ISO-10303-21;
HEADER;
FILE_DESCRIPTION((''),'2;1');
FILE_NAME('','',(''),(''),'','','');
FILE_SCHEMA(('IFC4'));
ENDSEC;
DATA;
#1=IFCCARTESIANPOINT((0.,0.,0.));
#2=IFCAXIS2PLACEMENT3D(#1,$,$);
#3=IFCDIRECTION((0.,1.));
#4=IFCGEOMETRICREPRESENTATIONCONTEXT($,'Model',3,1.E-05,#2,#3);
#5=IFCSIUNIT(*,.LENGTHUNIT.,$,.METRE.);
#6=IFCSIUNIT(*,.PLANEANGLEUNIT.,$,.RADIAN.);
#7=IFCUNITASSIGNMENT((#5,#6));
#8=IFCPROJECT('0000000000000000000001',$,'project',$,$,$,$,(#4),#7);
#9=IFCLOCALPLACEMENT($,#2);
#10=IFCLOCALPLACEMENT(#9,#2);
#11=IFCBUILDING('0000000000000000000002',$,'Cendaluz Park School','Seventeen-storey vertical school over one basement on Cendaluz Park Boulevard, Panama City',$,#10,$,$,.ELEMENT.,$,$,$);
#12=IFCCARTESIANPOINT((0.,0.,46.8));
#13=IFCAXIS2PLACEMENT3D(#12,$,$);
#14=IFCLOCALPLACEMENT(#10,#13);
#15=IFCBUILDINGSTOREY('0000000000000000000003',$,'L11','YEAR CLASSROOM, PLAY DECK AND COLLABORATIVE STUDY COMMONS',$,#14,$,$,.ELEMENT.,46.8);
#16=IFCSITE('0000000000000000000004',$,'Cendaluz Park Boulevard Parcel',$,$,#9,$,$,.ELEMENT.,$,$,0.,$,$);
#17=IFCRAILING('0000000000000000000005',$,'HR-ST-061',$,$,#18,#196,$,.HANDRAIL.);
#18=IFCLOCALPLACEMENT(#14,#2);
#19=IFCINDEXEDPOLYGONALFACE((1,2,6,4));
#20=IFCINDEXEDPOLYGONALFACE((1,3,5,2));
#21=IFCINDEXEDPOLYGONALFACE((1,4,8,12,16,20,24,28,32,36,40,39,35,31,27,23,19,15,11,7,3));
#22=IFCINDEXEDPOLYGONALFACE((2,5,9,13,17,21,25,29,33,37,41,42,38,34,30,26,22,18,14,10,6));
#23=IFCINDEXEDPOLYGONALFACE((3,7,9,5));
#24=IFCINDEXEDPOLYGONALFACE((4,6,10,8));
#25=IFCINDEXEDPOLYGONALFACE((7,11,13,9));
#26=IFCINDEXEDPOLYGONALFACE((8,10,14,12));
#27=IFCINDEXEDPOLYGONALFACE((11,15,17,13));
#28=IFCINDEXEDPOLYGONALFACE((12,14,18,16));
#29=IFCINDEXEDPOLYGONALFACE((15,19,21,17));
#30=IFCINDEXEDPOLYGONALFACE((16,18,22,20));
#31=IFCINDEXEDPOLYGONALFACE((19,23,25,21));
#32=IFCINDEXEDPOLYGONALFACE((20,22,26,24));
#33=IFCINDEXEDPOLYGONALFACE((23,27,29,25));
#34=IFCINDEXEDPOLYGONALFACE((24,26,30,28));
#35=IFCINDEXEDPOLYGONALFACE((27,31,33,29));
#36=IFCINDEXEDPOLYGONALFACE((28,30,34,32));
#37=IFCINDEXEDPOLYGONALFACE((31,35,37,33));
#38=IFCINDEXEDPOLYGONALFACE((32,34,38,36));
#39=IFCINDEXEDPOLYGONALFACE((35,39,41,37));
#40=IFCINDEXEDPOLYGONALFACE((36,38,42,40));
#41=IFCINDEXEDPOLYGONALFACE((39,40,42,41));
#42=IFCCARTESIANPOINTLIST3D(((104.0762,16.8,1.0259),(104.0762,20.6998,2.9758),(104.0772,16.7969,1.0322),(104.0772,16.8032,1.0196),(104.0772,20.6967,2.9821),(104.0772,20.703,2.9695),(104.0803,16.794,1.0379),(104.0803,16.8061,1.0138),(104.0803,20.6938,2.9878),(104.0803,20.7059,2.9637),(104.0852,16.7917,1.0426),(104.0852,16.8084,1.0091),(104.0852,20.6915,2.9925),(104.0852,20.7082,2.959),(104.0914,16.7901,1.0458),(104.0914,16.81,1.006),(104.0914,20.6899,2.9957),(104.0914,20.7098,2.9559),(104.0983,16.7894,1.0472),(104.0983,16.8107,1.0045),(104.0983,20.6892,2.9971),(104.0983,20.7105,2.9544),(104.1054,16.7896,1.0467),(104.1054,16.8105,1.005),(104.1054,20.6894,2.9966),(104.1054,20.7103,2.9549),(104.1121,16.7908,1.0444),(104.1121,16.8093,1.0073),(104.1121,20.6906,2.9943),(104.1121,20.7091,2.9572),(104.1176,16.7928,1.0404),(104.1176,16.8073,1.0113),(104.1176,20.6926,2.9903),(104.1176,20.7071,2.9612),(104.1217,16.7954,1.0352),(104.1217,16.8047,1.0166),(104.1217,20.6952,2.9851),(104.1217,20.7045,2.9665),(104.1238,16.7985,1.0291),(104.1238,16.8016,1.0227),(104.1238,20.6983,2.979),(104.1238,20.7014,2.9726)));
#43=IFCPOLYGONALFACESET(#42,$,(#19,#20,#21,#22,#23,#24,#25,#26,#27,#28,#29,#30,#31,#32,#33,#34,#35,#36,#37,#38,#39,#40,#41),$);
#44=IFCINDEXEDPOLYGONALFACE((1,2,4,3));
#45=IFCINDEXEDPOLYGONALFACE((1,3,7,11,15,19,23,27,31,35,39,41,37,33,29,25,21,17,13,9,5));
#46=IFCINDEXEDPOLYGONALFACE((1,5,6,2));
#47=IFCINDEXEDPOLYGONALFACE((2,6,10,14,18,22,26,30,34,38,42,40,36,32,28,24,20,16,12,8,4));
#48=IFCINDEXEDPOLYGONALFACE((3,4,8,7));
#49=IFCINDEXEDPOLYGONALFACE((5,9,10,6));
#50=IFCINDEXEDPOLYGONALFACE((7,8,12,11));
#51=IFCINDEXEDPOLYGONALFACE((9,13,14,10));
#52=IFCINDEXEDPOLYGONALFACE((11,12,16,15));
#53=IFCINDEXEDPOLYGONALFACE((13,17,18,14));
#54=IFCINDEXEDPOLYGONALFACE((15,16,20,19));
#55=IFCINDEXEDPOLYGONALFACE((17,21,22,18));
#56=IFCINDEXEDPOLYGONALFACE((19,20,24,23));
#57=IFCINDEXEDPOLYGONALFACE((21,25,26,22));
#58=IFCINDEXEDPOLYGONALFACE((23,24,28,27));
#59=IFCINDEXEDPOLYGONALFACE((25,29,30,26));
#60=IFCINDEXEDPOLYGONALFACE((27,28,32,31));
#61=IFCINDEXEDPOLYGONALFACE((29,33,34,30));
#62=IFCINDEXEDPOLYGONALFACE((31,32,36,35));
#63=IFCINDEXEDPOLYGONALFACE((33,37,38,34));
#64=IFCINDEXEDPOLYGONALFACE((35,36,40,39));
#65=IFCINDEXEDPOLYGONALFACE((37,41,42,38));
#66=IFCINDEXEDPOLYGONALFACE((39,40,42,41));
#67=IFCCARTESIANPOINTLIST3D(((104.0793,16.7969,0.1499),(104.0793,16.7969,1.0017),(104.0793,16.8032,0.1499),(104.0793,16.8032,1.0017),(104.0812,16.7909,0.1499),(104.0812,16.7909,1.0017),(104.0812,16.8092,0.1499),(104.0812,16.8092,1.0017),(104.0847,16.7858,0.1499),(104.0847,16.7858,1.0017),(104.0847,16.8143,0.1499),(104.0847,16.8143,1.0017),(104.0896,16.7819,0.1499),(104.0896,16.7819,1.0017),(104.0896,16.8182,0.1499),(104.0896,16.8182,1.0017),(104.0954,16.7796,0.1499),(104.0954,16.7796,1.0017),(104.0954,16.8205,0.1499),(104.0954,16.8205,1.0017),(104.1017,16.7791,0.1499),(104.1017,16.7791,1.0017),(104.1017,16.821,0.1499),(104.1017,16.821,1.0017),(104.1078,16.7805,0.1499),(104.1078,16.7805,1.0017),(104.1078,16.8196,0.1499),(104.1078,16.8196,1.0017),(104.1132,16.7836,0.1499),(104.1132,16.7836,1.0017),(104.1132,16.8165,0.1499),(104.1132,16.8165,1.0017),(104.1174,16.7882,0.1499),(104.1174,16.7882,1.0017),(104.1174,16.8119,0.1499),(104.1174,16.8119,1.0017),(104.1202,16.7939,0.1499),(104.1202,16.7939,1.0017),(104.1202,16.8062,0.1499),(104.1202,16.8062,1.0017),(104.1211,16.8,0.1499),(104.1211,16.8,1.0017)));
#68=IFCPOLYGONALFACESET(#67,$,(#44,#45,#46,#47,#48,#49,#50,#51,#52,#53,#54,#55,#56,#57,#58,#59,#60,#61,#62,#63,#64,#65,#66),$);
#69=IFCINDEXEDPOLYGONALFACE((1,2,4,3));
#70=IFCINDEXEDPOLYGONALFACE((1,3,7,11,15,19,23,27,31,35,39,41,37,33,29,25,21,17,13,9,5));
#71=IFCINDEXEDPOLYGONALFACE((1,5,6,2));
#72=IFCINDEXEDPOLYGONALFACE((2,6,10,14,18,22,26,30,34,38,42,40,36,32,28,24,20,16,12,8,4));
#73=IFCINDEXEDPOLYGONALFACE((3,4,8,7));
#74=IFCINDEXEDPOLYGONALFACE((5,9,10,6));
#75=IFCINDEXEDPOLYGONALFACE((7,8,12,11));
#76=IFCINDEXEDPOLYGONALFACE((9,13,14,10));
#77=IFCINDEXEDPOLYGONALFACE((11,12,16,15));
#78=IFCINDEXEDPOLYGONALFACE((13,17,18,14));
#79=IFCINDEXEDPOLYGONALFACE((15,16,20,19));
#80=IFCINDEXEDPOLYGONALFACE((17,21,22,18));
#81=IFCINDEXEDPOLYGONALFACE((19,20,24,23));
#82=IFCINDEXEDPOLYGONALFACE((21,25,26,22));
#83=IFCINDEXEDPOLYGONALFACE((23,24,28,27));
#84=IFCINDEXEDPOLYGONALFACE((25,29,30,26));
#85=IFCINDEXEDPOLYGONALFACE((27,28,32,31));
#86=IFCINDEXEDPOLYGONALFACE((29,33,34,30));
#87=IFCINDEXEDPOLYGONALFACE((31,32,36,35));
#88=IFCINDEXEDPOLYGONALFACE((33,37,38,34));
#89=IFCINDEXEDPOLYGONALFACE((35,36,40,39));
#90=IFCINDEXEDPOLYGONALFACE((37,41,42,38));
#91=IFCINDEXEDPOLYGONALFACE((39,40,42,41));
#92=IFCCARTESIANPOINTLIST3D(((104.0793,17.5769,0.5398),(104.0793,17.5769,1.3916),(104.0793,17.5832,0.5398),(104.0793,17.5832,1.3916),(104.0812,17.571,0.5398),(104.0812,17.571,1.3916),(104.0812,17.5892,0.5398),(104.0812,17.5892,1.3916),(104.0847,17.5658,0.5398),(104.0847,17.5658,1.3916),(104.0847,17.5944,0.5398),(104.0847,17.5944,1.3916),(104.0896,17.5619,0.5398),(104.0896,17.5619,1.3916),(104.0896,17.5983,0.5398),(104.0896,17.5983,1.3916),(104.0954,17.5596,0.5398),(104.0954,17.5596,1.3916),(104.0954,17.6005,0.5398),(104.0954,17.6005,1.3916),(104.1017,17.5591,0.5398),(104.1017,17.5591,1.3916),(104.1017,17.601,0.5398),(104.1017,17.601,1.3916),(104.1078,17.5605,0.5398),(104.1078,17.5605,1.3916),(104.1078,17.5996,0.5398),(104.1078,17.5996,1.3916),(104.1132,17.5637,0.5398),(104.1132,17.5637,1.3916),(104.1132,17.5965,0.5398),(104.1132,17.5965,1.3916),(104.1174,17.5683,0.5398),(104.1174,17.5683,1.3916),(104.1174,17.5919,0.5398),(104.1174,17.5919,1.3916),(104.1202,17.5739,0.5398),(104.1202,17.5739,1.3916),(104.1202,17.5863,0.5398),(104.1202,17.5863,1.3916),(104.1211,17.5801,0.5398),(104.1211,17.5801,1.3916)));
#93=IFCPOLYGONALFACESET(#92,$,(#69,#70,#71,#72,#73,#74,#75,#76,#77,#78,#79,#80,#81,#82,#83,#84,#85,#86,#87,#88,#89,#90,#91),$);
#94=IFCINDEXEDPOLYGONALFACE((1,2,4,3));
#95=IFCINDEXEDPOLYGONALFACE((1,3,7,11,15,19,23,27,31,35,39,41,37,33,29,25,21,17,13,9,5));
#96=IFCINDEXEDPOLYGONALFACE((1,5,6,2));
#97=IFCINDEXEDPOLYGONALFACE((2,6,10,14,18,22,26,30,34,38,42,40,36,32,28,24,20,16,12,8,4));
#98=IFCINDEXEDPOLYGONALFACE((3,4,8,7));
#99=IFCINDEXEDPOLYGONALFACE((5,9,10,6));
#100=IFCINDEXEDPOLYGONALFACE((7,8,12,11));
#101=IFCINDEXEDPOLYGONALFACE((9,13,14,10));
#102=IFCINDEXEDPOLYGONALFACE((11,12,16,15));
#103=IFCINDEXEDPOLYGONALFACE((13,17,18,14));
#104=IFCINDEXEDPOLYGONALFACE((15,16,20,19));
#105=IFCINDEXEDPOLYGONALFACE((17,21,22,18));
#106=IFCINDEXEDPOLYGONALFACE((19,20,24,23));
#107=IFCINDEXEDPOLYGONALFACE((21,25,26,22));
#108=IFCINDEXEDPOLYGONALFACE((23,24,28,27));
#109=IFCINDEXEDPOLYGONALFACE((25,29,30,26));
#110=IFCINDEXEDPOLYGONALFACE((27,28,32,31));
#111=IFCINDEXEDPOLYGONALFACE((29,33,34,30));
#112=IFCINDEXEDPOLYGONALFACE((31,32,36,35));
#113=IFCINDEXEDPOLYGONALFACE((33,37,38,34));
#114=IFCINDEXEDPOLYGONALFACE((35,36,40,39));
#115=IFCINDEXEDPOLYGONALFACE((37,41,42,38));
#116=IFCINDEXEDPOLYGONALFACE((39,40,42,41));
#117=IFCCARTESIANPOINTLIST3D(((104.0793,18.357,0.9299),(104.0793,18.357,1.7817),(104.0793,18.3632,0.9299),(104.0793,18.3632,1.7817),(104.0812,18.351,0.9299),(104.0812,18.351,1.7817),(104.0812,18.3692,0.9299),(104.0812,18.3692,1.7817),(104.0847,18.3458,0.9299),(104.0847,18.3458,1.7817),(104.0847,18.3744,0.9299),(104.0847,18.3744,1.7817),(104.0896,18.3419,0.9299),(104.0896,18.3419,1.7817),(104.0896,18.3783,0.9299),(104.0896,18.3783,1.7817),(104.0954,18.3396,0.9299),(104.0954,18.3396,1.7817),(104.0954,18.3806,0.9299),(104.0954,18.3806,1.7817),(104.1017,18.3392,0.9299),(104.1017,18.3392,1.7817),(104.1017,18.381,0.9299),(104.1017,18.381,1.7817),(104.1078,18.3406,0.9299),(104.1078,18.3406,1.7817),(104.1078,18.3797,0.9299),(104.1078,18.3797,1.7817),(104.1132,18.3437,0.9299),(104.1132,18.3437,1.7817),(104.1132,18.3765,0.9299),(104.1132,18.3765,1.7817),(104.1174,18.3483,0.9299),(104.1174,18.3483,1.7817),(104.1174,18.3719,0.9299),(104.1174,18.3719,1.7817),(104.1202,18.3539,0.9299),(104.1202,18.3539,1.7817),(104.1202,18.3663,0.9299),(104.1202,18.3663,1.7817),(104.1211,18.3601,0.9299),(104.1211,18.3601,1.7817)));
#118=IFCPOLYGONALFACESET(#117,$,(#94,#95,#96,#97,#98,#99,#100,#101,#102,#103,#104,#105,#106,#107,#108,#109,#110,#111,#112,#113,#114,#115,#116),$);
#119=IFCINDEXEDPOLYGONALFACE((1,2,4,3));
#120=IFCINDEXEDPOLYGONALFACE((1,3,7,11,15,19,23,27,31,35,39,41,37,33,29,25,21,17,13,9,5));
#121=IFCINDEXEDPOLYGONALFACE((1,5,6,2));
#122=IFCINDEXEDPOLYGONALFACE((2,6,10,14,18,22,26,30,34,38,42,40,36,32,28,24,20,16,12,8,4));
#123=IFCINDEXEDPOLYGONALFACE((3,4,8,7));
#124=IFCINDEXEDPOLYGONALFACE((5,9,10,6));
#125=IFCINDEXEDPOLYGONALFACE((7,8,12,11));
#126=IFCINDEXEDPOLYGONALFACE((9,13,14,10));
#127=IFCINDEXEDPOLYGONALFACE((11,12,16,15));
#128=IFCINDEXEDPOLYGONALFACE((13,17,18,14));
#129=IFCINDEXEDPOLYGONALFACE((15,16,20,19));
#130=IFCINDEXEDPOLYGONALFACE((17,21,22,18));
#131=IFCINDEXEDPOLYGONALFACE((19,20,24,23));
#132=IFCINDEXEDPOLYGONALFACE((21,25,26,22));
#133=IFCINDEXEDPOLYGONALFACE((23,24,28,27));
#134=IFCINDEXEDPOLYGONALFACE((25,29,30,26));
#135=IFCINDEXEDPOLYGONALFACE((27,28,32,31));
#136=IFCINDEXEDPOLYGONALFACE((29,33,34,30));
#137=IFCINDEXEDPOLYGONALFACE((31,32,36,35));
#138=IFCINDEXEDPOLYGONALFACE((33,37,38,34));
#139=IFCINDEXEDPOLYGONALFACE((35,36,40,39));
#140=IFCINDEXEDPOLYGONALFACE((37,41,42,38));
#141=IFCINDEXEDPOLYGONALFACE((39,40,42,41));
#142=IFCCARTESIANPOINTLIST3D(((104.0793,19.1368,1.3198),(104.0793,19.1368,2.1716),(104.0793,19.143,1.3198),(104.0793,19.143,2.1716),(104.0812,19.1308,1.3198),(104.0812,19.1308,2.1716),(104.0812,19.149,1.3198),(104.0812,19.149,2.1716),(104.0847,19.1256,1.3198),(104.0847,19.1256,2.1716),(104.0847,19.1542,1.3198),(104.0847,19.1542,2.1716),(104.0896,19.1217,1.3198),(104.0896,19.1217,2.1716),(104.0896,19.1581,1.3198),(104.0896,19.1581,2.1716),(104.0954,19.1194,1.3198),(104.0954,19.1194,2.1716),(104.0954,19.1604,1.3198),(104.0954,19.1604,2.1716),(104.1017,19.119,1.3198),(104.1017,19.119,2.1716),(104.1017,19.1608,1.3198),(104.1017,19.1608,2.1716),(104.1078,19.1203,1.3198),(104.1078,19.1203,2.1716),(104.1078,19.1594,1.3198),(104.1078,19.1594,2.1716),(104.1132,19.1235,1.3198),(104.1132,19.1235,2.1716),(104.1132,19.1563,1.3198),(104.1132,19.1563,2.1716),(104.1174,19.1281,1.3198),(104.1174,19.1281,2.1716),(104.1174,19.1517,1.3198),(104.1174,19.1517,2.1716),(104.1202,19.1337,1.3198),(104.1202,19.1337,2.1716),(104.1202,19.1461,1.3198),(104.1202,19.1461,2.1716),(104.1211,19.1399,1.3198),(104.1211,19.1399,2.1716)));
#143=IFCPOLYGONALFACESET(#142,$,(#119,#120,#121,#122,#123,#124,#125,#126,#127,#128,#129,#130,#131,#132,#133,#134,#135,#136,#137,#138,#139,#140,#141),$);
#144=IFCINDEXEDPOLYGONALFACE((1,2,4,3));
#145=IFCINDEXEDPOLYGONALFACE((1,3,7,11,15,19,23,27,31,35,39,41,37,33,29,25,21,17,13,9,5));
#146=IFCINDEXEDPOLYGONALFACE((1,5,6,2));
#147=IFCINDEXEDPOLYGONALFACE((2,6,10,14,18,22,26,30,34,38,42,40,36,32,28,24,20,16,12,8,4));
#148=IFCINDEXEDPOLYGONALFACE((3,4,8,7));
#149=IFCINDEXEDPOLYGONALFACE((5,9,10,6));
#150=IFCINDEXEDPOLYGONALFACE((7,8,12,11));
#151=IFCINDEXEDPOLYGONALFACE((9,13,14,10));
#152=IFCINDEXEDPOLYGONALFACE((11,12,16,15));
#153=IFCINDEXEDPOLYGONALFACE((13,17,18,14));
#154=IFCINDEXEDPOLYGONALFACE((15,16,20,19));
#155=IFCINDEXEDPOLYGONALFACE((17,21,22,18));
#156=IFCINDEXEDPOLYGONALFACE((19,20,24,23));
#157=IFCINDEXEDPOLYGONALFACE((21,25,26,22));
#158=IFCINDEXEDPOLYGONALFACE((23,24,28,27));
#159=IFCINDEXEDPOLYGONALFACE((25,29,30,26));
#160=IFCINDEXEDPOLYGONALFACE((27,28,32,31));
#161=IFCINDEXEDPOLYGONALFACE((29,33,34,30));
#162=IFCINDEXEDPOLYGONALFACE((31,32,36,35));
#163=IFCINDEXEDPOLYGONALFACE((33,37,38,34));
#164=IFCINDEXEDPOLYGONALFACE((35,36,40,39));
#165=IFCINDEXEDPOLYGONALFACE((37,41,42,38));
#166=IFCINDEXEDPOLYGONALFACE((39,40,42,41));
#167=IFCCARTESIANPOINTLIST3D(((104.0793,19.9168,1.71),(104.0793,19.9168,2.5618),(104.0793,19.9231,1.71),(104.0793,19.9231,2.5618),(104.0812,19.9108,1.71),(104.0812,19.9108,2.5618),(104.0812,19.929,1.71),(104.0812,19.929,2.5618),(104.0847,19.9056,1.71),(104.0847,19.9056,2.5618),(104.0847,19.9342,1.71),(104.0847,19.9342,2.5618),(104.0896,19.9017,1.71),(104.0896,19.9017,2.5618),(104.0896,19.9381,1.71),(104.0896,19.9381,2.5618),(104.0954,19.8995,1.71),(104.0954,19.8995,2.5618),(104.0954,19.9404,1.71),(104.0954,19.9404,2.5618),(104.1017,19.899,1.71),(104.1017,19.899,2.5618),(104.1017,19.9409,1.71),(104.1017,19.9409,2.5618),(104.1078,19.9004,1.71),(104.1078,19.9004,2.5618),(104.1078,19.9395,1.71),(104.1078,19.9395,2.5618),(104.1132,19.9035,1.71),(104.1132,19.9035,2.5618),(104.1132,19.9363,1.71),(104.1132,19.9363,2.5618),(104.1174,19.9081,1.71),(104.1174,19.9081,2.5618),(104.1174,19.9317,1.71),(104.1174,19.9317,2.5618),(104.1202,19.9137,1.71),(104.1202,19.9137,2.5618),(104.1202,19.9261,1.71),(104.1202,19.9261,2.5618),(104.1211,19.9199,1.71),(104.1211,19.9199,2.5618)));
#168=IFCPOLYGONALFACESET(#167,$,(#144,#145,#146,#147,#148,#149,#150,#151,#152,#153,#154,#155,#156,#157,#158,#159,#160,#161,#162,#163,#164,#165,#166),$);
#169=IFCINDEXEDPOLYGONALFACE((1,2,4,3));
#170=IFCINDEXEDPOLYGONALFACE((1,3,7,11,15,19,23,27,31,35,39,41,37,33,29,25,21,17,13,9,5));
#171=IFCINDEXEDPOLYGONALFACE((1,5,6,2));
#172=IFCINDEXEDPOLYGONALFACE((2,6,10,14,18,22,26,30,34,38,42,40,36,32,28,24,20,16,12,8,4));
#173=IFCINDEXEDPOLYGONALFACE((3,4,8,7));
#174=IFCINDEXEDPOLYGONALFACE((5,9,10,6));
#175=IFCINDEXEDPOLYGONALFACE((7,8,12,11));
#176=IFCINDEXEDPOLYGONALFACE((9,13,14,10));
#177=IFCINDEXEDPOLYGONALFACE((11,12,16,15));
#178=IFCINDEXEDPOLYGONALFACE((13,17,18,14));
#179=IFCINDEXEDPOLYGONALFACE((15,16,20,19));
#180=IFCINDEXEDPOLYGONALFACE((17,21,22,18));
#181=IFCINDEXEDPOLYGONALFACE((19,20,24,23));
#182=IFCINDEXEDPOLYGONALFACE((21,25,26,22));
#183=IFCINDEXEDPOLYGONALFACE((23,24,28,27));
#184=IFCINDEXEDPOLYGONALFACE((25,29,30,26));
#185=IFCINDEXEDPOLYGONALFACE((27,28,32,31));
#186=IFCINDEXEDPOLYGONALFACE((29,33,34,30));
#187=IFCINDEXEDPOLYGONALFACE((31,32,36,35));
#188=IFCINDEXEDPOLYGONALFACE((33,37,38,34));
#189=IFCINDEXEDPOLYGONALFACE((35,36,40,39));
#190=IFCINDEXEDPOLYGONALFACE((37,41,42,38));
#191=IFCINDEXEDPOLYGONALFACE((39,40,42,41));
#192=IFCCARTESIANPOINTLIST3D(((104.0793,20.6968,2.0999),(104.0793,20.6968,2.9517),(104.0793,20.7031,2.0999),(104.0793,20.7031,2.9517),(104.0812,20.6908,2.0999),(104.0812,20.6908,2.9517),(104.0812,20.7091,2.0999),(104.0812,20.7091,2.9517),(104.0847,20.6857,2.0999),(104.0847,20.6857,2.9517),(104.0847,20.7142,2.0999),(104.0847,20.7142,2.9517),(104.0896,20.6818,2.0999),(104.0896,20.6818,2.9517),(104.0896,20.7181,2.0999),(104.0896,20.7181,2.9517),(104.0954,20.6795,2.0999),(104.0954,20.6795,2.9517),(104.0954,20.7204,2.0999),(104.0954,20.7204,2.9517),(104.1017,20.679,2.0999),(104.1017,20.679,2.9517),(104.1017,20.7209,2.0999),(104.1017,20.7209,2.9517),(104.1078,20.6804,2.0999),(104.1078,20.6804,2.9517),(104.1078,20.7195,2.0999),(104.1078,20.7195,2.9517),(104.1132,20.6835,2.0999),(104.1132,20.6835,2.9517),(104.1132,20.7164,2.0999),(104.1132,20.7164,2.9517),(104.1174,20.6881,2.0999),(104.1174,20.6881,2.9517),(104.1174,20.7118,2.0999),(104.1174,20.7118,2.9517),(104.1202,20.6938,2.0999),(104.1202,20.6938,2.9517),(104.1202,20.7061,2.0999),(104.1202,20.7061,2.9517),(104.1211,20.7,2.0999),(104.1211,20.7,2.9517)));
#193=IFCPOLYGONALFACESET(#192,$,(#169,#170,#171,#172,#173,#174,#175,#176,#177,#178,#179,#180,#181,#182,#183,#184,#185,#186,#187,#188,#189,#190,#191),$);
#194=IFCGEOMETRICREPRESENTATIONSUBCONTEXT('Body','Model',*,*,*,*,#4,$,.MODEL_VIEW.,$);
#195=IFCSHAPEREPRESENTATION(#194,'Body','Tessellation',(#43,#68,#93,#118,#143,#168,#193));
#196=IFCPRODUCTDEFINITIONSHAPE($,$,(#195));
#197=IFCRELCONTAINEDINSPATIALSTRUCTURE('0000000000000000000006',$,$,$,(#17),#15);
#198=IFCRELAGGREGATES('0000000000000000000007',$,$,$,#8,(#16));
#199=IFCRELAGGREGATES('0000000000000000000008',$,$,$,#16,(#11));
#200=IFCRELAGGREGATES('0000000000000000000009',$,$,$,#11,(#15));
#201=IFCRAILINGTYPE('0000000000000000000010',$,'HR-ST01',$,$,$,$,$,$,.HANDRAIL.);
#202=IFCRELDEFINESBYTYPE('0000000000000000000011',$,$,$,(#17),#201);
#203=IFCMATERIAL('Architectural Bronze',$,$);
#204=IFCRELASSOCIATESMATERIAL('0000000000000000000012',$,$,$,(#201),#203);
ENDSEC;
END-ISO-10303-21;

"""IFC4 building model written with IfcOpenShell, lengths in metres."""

from ifc_helpers import new_model, si_unit, direction, frame, origin, origin_2d, place, context, subcontext, project, spatial, circle, extrude, material, type_object, element, save


model = new_model("IFC4")

# Units and contexts
model_context = context("Model", 3, precision=1e-05, world=origin(), true_north=direction((0.0, 1.0)))
body_context = subcontext(model_context, "Body", "Model", "MODEL_VIEW")
ifc_project = project(units=[si_unit("LENGTHUNIT", "METRE"), si_unit("PLANEANGLEUNIT", "RADIAN")], contexts=[model_context])

# Site, building, storey
site_placement = place(None, origin())
site = spatial("IfcSite", under=ifc_project, at=site_placement, Name="Cendaluz Park Boulevard Parcel", CompositionType="ELEMENT", RefElevation=0.0)
building_placement = place(site_placement, origin())
building = spatial("IfcBuilding", under=site, at=building_placement, Name="Cendaluz Park School", Description="Seventeen-storey vertical school over one basement on Cendaluz Park Boulevard, Panama City", CompositionType="ELEMENT")
storey_placement = place(building_placement, frame((0.0, 0.0, 46.8)))
storey = spatial("IfcBuildingStorey", under=building, at=storey_placement, Name="L11", Description="YEAR CLASSROOM, PLAY DECK AND COLLABORATIVE STUDY COMMONS", CompositionType="ELEMENT", Elevation=46.8)

# Railing
ifc_material_1 = material(Name="Architectural Bronze")
railing_type_1 = type_object("IfcRailingType", Name="HR-ST01", PredefinedType="HANDRAIL", material=ifc_material_1)
railing_1_placement = place(storey_placement, frame((104.1001, 16.8, 0.1499)))
element("IfcRailing", 1, at=railing_1_placement, inside=storey, type_object=railing_type_1, Name="HR-ST-061", PredefinedType="HANDRAIL", context=body_context, shape_type="SweptSolid", body=[
    extrude(circle(Radius=0.0239, at=origin_2d()), frame((0.0, 0.0, 0.876), z_axis=(0.0, 0.894427, 0.447214), x_axis=(-1.0, 0.0, 0.0)), (0.0, 0.0, 1.0), 4.3601),
    extrude(circle(Radius=0.021, at=origin_2d()), origin(), (0.0, 0.0, 1.0), 0.8518),
    extrude(circle(Radius=0.021, at=origin_2d()), frame((0.0, 0.78, 0.3899)), (0.0, 0.0, 1.0), 0.8518),
    extrude(circle(Radius=0.021, at=origin_2d()), frame((0.0, 1.5601, 0.78)), (0.0, 0.0, 1.0), 0.8518),
    extrude(circle(Radius=0.021, at=origin_2d()), frame((0.0, 2.3398, 1.1699)), (0.0, 0.0, 1.0), 0.8518),
    extrude(circle(Radius=0.021, at=origin_2d()), frame((0.0, 3.1199, 1.5601)), (0.0, 0.0, 1.0), 0.8518),
    extrude(circle(Radius=0.021, at=origin_2d()), frame((0.0, 3.8999, 1.95)), (0.0, 0.0, 1.0), 0.8518),
])

save(model, "model.ifc")
